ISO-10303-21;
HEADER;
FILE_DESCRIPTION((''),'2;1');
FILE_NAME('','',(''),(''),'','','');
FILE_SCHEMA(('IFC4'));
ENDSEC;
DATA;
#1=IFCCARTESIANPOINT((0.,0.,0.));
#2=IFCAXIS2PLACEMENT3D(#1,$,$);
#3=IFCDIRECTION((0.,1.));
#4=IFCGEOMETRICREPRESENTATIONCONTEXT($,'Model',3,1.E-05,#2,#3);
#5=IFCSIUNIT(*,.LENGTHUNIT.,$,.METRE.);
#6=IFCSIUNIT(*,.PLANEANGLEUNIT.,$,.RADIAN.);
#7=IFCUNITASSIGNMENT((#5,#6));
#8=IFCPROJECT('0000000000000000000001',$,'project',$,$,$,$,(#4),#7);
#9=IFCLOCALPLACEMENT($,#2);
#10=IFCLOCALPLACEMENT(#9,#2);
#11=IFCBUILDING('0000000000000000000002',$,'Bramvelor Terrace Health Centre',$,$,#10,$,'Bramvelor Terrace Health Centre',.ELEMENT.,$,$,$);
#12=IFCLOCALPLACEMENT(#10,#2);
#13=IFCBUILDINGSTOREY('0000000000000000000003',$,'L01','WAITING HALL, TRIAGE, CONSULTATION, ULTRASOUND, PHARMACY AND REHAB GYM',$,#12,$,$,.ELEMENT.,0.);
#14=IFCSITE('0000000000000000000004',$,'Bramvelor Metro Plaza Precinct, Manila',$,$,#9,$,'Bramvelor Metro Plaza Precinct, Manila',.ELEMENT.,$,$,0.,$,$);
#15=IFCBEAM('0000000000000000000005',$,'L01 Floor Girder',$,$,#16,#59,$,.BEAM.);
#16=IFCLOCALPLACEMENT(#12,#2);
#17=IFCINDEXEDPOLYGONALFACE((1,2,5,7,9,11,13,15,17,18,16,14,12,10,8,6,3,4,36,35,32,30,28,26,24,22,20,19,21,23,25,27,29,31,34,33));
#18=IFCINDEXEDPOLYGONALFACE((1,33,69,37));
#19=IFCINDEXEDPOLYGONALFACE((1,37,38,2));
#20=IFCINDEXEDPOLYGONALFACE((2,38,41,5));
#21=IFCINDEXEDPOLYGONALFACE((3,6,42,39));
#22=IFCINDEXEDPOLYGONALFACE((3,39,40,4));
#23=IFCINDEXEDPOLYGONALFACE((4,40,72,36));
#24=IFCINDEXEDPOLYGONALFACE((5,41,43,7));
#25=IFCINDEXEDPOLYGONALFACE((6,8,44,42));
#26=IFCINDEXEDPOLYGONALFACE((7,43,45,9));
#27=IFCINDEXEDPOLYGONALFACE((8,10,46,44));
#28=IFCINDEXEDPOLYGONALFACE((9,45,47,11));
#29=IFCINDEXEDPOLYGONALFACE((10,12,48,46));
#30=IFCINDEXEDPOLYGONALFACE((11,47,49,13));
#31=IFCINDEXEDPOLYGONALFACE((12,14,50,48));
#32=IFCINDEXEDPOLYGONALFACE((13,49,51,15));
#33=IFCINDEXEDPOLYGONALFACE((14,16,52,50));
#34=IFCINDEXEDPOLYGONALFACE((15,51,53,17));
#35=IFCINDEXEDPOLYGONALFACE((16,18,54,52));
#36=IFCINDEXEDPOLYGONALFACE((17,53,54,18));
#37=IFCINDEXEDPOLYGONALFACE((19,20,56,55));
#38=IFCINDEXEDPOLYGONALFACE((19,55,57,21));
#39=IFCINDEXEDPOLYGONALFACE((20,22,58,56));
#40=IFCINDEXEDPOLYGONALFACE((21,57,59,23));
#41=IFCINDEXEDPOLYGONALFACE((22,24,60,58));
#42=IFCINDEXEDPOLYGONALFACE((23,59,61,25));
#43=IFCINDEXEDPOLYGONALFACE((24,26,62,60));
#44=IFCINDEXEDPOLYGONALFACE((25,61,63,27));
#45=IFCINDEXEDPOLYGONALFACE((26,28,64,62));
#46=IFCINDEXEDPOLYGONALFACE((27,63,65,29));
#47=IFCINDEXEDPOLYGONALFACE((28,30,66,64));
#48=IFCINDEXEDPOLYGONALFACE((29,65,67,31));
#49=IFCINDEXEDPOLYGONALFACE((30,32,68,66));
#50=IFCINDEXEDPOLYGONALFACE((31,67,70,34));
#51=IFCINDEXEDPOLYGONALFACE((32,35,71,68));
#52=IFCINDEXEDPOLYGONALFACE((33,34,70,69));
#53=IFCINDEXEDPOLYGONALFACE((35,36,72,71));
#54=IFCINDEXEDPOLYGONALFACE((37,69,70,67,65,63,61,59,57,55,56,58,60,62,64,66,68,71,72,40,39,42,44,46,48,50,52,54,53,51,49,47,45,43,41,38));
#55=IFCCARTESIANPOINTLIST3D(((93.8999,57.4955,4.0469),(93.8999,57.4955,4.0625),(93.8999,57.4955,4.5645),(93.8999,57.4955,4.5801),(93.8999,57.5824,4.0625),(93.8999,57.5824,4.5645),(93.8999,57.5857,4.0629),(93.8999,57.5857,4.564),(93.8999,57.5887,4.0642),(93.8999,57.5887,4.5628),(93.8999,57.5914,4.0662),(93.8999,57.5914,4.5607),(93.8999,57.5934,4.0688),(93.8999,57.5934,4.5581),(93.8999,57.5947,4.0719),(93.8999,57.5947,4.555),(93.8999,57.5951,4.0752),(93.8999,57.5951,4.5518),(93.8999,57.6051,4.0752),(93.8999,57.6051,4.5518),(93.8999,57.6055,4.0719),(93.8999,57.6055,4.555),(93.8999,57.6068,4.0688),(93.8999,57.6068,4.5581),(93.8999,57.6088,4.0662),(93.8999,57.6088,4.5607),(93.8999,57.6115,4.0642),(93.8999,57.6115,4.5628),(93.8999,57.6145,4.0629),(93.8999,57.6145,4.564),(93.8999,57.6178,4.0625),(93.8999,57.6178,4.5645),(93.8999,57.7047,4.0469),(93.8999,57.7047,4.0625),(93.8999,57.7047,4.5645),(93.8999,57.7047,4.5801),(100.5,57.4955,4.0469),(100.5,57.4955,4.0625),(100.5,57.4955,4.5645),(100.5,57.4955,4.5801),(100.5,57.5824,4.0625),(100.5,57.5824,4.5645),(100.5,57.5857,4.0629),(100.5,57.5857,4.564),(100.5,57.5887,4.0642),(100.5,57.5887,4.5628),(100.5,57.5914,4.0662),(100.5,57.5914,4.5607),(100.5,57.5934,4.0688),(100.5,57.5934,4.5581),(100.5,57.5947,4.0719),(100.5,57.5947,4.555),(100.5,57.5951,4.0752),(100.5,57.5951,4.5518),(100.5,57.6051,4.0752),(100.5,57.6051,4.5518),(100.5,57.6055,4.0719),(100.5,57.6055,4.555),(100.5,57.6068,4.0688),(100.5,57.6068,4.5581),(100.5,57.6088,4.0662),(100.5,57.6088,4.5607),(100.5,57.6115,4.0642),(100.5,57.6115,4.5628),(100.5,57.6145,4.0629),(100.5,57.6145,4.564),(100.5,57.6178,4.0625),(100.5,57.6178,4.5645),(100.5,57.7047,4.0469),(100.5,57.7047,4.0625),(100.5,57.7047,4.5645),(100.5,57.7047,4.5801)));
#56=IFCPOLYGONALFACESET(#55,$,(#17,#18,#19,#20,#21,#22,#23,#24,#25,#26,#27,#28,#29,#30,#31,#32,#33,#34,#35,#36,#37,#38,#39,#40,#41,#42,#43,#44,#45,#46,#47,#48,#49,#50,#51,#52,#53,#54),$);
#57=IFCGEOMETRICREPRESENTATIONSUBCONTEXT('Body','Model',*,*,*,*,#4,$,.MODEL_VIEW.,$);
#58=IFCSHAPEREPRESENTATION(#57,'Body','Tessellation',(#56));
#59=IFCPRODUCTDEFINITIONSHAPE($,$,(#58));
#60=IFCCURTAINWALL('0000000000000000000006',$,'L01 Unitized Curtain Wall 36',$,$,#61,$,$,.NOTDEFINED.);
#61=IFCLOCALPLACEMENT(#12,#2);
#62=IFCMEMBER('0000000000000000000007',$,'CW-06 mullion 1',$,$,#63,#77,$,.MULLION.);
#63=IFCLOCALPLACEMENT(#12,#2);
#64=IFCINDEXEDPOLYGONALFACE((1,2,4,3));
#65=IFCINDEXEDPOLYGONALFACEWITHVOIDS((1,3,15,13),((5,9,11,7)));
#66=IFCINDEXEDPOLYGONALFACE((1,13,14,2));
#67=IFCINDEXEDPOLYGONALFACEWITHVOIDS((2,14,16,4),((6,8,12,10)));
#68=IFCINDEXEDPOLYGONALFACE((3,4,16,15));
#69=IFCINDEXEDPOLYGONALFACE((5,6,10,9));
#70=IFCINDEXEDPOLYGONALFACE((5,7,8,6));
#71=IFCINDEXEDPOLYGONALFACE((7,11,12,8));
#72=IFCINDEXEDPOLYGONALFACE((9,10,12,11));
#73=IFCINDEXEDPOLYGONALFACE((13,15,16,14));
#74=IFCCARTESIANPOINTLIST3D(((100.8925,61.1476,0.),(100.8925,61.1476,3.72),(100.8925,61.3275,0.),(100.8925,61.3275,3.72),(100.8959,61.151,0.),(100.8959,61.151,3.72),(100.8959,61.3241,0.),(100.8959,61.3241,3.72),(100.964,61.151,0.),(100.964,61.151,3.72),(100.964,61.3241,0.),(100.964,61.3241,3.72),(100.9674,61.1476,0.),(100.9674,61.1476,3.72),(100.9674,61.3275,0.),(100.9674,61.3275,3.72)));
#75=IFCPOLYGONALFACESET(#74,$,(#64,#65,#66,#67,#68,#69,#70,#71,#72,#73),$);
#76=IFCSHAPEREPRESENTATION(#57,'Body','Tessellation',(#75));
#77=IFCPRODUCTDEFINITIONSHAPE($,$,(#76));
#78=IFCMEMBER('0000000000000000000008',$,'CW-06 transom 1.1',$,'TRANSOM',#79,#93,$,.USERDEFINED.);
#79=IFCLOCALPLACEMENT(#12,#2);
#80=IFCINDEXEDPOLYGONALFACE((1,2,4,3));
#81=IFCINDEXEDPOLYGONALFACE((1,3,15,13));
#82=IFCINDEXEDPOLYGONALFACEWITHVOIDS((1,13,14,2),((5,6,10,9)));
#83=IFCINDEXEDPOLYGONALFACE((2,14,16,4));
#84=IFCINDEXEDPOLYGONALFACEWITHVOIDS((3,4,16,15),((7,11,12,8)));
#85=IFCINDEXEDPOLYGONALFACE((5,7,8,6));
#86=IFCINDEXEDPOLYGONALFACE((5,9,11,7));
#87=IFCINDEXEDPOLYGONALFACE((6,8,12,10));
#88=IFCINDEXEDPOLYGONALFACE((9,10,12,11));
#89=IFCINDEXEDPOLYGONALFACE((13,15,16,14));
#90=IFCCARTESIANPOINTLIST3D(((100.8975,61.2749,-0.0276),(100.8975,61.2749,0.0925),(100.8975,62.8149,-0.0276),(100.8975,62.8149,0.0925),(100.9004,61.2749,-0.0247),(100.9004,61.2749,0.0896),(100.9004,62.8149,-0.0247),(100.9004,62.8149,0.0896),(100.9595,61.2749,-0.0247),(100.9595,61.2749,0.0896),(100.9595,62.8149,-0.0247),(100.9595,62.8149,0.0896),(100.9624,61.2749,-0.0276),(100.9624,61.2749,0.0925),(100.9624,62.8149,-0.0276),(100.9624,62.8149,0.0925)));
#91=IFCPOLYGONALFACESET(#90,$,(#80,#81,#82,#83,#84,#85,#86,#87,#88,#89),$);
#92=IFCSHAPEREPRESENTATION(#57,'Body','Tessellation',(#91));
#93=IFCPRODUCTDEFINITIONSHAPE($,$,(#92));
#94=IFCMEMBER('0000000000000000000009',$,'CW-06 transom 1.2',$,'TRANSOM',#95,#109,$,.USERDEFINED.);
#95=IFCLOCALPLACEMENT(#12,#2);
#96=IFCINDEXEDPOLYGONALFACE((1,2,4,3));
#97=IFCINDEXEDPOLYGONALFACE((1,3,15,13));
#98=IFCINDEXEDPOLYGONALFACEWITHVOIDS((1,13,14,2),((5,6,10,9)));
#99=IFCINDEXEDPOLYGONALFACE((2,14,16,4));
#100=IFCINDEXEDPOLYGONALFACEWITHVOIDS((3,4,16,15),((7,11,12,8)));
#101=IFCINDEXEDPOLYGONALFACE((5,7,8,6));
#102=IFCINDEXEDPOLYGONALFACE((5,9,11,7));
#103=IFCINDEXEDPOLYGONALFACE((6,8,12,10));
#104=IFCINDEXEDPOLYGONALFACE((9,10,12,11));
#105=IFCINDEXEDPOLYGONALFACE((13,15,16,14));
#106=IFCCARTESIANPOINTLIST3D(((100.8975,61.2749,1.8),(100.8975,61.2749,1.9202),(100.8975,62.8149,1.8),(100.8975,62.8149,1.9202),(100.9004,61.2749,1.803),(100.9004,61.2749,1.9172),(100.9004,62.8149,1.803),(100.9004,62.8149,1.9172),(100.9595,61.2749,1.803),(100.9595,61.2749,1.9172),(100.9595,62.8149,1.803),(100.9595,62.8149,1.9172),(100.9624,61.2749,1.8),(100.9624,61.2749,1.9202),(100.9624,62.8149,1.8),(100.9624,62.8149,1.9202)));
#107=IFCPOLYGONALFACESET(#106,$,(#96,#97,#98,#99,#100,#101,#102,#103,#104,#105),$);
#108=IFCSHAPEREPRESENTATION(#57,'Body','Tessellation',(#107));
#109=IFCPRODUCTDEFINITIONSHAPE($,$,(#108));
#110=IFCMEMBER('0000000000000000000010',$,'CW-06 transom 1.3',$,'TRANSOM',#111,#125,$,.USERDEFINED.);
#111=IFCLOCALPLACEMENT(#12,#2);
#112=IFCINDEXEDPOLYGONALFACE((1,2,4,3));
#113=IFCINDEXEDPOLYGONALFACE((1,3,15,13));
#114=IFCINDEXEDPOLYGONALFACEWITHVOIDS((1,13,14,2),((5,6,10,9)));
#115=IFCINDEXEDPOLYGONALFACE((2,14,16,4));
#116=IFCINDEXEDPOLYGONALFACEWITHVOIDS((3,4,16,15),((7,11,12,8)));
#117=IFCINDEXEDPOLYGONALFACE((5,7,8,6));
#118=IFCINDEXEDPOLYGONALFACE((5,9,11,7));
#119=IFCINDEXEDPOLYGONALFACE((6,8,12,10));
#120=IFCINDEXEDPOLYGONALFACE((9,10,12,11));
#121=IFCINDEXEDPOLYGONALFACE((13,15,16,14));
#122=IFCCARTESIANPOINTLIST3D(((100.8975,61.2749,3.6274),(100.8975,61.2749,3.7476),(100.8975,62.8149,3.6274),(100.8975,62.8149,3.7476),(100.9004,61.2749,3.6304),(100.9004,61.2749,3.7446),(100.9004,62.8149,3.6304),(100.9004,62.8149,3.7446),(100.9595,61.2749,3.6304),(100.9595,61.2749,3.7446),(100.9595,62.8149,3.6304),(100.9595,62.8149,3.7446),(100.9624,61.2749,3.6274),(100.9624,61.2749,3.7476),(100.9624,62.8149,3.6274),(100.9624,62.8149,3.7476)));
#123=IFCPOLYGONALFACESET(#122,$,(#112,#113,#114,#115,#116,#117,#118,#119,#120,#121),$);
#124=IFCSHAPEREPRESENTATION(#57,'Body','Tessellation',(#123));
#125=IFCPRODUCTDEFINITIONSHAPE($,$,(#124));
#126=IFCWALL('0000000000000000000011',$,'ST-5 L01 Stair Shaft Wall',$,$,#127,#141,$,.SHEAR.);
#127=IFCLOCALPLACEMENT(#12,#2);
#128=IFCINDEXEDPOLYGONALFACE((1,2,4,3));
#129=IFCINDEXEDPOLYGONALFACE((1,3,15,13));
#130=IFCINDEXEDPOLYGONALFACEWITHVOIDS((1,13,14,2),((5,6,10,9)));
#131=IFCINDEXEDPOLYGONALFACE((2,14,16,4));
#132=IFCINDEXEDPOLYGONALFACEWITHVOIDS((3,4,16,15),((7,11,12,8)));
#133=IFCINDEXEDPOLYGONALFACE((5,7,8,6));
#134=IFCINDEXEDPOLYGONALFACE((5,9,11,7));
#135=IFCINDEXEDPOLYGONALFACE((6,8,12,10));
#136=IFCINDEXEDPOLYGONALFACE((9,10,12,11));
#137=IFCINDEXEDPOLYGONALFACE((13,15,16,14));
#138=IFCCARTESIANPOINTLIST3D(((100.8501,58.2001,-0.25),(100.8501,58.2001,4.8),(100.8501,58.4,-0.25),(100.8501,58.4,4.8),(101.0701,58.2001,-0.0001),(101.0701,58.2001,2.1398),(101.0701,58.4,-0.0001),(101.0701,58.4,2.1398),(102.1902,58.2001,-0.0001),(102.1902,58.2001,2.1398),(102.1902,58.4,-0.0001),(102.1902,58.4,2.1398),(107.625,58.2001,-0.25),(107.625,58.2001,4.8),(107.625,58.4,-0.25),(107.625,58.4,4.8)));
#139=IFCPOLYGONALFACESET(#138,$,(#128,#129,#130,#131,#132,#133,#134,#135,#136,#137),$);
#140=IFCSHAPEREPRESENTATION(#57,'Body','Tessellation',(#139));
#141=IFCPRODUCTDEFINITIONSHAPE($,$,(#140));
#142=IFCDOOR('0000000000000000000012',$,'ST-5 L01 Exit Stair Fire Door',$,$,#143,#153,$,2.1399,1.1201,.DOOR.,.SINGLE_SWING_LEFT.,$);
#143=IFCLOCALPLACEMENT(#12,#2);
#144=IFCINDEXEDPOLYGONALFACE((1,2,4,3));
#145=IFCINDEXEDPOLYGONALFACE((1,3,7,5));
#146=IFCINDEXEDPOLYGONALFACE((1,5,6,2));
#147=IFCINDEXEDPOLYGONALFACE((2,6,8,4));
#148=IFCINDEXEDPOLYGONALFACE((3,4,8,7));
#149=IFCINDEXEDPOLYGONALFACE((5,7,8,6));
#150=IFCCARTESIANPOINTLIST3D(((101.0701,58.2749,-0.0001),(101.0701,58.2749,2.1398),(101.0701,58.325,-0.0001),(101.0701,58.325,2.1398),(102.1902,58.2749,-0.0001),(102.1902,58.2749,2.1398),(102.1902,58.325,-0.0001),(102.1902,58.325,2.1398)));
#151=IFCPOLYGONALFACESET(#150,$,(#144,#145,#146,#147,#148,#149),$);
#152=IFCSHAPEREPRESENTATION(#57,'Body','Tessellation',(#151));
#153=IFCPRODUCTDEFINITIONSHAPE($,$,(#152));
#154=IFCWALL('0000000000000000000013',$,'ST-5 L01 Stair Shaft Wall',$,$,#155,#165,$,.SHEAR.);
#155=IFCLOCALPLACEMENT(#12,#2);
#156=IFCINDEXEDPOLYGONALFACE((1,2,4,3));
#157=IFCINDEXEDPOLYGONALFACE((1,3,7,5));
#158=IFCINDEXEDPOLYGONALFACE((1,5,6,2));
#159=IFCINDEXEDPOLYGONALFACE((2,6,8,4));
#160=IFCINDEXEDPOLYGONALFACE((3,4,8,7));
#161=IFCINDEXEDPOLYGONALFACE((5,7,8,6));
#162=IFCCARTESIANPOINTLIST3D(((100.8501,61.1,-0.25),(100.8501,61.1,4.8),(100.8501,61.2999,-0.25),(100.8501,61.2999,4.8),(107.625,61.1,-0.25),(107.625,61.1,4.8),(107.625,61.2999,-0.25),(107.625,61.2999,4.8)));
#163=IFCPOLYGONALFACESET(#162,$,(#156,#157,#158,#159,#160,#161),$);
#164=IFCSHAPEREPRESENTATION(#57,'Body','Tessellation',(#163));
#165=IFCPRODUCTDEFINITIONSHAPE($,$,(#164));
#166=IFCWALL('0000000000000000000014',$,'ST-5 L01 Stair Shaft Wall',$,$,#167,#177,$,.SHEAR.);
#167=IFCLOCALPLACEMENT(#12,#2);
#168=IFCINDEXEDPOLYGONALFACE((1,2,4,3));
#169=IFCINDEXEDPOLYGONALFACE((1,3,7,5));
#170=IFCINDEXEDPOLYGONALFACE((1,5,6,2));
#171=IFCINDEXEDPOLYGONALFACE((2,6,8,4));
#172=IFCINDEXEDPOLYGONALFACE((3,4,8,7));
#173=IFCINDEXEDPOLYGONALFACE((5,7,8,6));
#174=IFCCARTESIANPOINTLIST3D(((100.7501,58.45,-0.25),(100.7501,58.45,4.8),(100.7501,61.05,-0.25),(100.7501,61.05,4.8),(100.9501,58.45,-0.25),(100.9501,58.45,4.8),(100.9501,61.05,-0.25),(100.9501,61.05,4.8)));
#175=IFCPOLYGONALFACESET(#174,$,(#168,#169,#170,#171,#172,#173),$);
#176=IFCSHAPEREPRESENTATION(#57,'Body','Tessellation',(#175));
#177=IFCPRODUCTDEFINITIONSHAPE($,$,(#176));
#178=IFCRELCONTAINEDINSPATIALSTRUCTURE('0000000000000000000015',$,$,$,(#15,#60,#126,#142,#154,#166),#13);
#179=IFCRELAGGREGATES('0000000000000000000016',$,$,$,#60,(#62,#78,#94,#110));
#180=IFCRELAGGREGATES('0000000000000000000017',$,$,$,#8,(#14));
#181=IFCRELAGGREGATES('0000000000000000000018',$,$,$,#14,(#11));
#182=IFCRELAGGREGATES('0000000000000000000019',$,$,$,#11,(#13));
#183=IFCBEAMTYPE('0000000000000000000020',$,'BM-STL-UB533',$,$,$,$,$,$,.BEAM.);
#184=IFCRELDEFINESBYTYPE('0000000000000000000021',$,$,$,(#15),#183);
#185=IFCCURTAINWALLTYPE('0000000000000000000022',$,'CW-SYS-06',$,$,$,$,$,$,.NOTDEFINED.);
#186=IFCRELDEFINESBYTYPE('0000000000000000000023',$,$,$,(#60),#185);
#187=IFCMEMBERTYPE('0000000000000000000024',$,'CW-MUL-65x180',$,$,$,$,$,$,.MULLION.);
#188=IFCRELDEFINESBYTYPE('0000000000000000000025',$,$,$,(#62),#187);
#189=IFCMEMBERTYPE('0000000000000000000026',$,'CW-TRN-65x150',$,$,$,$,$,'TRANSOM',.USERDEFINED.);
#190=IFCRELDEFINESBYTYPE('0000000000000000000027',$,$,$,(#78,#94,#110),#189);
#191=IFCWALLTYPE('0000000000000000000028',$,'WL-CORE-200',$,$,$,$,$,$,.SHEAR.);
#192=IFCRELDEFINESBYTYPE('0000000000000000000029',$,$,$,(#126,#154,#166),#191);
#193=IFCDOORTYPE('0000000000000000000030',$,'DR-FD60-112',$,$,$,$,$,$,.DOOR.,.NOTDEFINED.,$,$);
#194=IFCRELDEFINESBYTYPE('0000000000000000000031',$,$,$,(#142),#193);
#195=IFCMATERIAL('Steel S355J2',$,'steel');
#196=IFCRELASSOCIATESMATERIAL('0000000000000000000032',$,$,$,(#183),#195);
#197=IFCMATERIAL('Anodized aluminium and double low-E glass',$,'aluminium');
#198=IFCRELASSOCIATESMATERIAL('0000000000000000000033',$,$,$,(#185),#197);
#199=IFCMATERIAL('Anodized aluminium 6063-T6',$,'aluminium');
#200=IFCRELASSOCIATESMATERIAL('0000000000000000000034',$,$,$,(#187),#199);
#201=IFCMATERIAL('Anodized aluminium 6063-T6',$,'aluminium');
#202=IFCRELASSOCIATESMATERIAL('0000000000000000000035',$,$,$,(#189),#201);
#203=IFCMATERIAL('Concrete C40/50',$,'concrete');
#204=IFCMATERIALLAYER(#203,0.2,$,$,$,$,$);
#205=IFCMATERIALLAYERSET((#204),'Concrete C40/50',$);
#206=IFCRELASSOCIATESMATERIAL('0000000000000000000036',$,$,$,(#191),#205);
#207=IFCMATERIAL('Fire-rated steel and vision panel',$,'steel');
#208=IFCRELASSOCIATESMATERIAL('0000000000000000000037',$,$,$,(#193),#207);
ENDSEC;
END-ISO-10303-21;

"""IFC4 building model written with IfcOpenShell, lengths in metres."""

from ifc_helpers import new_model, si_unit, direction, frame, frame_2d, origin, origin_2d, place, context, subcontext, project, spatial, rectangle, hollow_rectangle, i_section, extrude, material, layer, layer_set, material_profile, profile_set, type_object, element, fill, aggregate, save


model = new_model("IFC4")

# Units and contexts
model_context = context("Model", 3, precision=1e-05, world=origin(), true_north=direction((0.0, 1.0)))
body_context = subcontext(model_context, "Body", "Model", "MODEL_VIEW")
ifc_project = project(units=[si_unit("LENGTHUNIT", "METRE"), si_unit("PLANEANGLEUNIT", "RADIAN")], contexts=[model_context])

# Site, building, storey
site_placement = place(None, origin())
site = spatial("IfcSite", under=ifc_project, at=site_placement, Name="Bramvelor Metro Plaza Precinct, Manila", LongName="Bramvelor Metro Plaza Precinct, Manila", CompositionType="ELEMENT", RefElevation=0.0)
building_placement = place(site_placement, origin())
building = spatial("IfcBuilding", under=site, at=building_placement, Name="Bramvelor Terrace Health Centre", LongName="Bramvelor Terrace Health Centre", CompositionType="ELEMENT")
storey_placement = place(building_placement, origin())
storey = spatial("IfcBuildingStorey", under=building, at=storey_placement, Name="L01", Description="WAITING HALL, TRIAGE, CONSULTATION, ULTRASOUND, PHARMACY AND REHAB GYM", CompositionType="ELEMENT", Elevation=0.0)

# Beam
ifc_material_1 = material(Name="Steel S355J2", Category="steel")
ifc_material_profile_1 = material_profile(ifc_material_1, i_section(OverallWidth=0.2092, OverallDepth=0.5332, WebThickness=0.01, FlangeThickness=0.0156, FilletRadius=0.0127, at=origin_2d()), Name="UB 533x210x92")
ifc_profile_set_1 = profile_set([ifc_material_profile_1], Name="Steel S355J2")
beam_type_1 = type_object("IfcBeamType", Name="BM-STL-UB533", PredefinedType="BEAM", material=ifc_profile_set_1)
beam_placement = place(storey_placement, frame((93.8999, 57.6001, 4.3135), z_axis=(1.0, 0.0, 0.0), x_axis=(0.0, 1.0, 0.0)))
element("IfcBeam", 1, at=beam_placement, inside=storey, type_object=beam_type_1, Name="L01 Floor Girder", PredefinedType="BEAM", context=body_context, shape_type="SweptSolid", body=[
    extrude(i_section(OverallWidth=0.2092, OverallDepth=0.5332, WebThickness=0.01, FlangeThickness=0.0156, FilletRadius=0.0127, at=origin_2d()), origin(), (0.0, 0.0, 1.0), 6.6001),
])

# Curtain wall, members
ifc_material_2 = material(Name="Anodized aluminium and double low-E glass", Category="aluminium")
curtain_wall_type = type_object("IfcCurtainWallType", Name="CW-SYS-06", PredefinedType="NOTDEFINED", material=ifc_material_2)
curtain_wall_placement = place(storey_placement, origin())
curtain_wall = element("IfcCurtainWall", 2, at=curtain_wall_placement, inside=storey, type_object=curtain_wall_type, Name="L01 Unitized Curtain Wall 36", PredefinedType="NOTDEFINED")
ifc_material_3 = material(Name="Anodized aluminium 6063-T6", Category="aluminium")
ifc_material_profile_2 = material_profile(ifc_material_3, hollow_rectangle(XDim=0.075, YDim=0.1799, WallThickness=0.0034, at=origin_2d()), Name="ALU-MUL 75x180x3.5")
ifc_profile_set_2 = profile_set([ifc_material_profile_2], Name="Anodized aluminium 6063-T6")
member_type_1 = type_object("IfcMemberType", Name="CW-MUL-65x180", PredefinedType="MULLION", material=ifc_profile_set_2)
member_1_placement = place(storey_placement, frame((100.9299, 61.2375, 0.0), z_axis=(0.0, 0.0, 1.0), x_axis=(-1.0, 0.0, 0.0)))
member_1 = element("IfcMember", 3, at=member_1_placement, type_object=member_type_1, Name="CW-06 mullion 1", PredefinedType="MULLION", context=body_context, shape_type="SweptSolid", body=[
    extrude(hollow_rectangle(XDim=0.075, YDim=0.1799, WallThickness=0.0034, at=origin_2d()), origin(), (0.0, 0.0, 1.0), 3.72),
])
ifc_material_4 = material(Name="Anodized aluminium 6063-T6", Category="aluminium")
ifc_material_profile_3 = material_profile(ifc_material_4, hollow_rectangle(XDim=0.0649, YDim=0.1201, WallThickness=0.0029, at=origin_2d()), Name="ALU-TRN 65x120x3.0")
ifc_profile_set_3 = profile_set([ifc_material_profile_3], Name="Anodized aluminium 6063-T6")
member_type_2 = type_object("IfcMemberType", Name="CW-TRN-65x150", ElementType="TRANSOM", PredefinedType="USERDEFINED", material=ifc_profile_set_3)
member_2_placement = place(storey_placement, frame((100.9299, 61.2749, 0.0325), z_axis=(0.0, 1.0, 0.0), x_axis=(-1.0, 0.0, 0.0)))
member_2 = element("IfcMember", 4, at=member_2_placement, type_object=member_type_2, Name="CW-06 transom 1.1", ObjectType="TRANSOM", PredefinedType="USERDEFINED", context=body_context, shape_type="SweptSolid", body=[
    extrude(hollow_rectangle(XDim=0.0649, YDim=0.1201, WallThickness=0.0029, at=origin_2d()), origin(), (0.0, 0.0, 1.0), 1.54),
])
member_3_placement = place(storey_placement, frame((100.9299, 61.2749, 1.8601), z_axis=(0.0, 1.0, 0.0), x_axis=(-1.0, 0.0, 0.0)))
member_3 = element("IfcMember", 5, at=member_3_placement, type_object=member_type_2, Name="CW-06 transom 1.2", ObjectType="TRANSOM", PredefinedType="USERDEFINED", context=body_context, shape_type="SweptSolid", body=[
    extrude(hollow_rectangle(XDim=0.0649, YDim=0.1201, WallThickness=0.0029, at=origin_2d()), origin(), (0.0, 0.0, 1.0), 1.54),
])
member_4_placement = place(storey_placement, frame((100.9299, 61.2749, 3.6875), z_axis=(0.0, 1.0, 0.0), x_axis=(-1.0, 0.0, 0.0)))
member_4 = element("IfcMember", 6, at=member_4_placement, type_object=member_type_2, Name="CW-06 transom 1.3", ObjectType="TRANSOM", PredefinedType="USERDEFINED", context=body_context, shape_type="SweptSolid", body=[
    extrude(hollow_rectangle(XDim=0.0649, YDim=0.1201, WallThickness=0.0029, at=origin_2d()), origin(), (0.0, 0.0, 1.0), 1.54),
])
aggregate(curtain_wall, [member_1, member_2, member_3, member_4])

# Wall, opening, door
ifc_material_5 = material(Name="Concrete C40/50", Category="concrete")
ifc_layer_1 = layer(ifc_material_5, 0.2)
ifc_layer_set_1 = layer_set([ifc_layer_1], Name="Concrete C40/50")
wall_type_1 = type_object("IfcWallType", Name="WL-CORE-200", PredefinedType="SHEAR", material=ifc_layer_set_1)
wall_1_placement = place(storey_placement, frame((100.8501, 58.3, -0.25), z_axis=(0.0, 0.0, 1.0), x_axis=(1.0, 0.0, 0.0)))
wall_1 = element("IfcWall", 7, at=wall_1_placement, inside=storey, type_object=wall_type_1, Name="ST-5 L01 Stair Shaft Wall", PredefinedType="SHEAR", context=body_context, shape_type="SweptSolid", body=[
    extrude(rectangle(XDim=6.7749, YDim=0.2, at=frame_2d((3.3875, 0.0))), origin(), (0.0, 0.0, 1.0), 5.05),
])
opening_1_placement = place(wall_1_placement, frame((0.22, 0.0, 0.25)))
opening_1 = element("IfcOpeningElement", 8, at=opening_1_placement, cuts=wall_1, PredefinedType="OPENING", context=body_context, shape_type="SweptSolid", body=[
    extrude(rectangle(XDim=1.1201, YDim=2.1399, at=frame_2d((0.5601, 1.0698))), frame((0.0, 0.1099, 0.0), z_axis=(0.0, -1.0, 0.0), x_axis=(1.0, 0.0, 0.0)), (0.0, 0.0, 1.0), 0.22),
])
ifc_material_6 = material(Name="Fire-rated steel and vision panel", Category="steel")
door_type_1 = type_object("IfcDoorType", Name="DR-FD60-112", OperationType="NOTDEFINED", PredefinedType="DOOR", material=ifc_material_6)
door_1_placement = place(opening_1_placement, origin())
door_1 = element("IfcDoor", 9, at=door_1_placement, inside=storey, type_object=door_type_1, Name="ST-5 L01 Exit Stair Fire Door", OperationType="SINGLE_SWING_LEFT", OverallHeight=2.1399, OverallWidth=1.1201, PredefinedType="DOOR", context=body_context, shape_type="SweptSolid", body=[
    extrude(rectangle(XDim=1.1201, YDim=2.1399, at=frame_2d((0.5601, 1.0698))), frame((0.0, 0.0249, 0.0), z_axis=(0.0, -1.0, 0.0), x_axis=(1.0, 0.0, 0.0)), (0.0, 0.0, 1.0), 0.05),
])
fill(opening_1, door_1)

# Walls
wall_2_placement = place(storey_placement, frame((100.8501, 61.2, -0.25), z_axis=(0.0, 0.0, 1.0), x_axis=(1.0, 0.0, 0.0)))
element("IfcWall", 10, at=wall_2_placement, inside=storey, type_object=wall_type_1, Name="ST-5 L01 Stair Shaft Wall", PredefinedType="SHEAR", context=body_context, shape_type="SweptSolid", body=[
    extrude(rectangle(XDim=6.7749, YDim=0.2, at=frame_2d((3.3875, 0.0))), origin(), (0.0, 0.0, 1.0), 5.05),
])
wall_3_placement = place(storey_placement, frame((100.8501, 58.45, -0.25), z_axis=(0.0, 0.0, 1.0), x_axis=(0.0, 1.0, 0.0)))
element("IfcWall", 11, at=wall_3_placement, inside=storey, type_object=wall_type_1, Name="ST-5 L01 Stair Shaft Wall", PredefinedType="SHEAR", context=body_context, shape_type="SweptSolid", body=[
    extrude(rectangle(XDim=2.6001, YDim=0.2, at=frame_2d((1.3, 0.0))), origin(), (0.0, 0.0, 1.0), 5.05),
])

save(model, "model.ifc")
